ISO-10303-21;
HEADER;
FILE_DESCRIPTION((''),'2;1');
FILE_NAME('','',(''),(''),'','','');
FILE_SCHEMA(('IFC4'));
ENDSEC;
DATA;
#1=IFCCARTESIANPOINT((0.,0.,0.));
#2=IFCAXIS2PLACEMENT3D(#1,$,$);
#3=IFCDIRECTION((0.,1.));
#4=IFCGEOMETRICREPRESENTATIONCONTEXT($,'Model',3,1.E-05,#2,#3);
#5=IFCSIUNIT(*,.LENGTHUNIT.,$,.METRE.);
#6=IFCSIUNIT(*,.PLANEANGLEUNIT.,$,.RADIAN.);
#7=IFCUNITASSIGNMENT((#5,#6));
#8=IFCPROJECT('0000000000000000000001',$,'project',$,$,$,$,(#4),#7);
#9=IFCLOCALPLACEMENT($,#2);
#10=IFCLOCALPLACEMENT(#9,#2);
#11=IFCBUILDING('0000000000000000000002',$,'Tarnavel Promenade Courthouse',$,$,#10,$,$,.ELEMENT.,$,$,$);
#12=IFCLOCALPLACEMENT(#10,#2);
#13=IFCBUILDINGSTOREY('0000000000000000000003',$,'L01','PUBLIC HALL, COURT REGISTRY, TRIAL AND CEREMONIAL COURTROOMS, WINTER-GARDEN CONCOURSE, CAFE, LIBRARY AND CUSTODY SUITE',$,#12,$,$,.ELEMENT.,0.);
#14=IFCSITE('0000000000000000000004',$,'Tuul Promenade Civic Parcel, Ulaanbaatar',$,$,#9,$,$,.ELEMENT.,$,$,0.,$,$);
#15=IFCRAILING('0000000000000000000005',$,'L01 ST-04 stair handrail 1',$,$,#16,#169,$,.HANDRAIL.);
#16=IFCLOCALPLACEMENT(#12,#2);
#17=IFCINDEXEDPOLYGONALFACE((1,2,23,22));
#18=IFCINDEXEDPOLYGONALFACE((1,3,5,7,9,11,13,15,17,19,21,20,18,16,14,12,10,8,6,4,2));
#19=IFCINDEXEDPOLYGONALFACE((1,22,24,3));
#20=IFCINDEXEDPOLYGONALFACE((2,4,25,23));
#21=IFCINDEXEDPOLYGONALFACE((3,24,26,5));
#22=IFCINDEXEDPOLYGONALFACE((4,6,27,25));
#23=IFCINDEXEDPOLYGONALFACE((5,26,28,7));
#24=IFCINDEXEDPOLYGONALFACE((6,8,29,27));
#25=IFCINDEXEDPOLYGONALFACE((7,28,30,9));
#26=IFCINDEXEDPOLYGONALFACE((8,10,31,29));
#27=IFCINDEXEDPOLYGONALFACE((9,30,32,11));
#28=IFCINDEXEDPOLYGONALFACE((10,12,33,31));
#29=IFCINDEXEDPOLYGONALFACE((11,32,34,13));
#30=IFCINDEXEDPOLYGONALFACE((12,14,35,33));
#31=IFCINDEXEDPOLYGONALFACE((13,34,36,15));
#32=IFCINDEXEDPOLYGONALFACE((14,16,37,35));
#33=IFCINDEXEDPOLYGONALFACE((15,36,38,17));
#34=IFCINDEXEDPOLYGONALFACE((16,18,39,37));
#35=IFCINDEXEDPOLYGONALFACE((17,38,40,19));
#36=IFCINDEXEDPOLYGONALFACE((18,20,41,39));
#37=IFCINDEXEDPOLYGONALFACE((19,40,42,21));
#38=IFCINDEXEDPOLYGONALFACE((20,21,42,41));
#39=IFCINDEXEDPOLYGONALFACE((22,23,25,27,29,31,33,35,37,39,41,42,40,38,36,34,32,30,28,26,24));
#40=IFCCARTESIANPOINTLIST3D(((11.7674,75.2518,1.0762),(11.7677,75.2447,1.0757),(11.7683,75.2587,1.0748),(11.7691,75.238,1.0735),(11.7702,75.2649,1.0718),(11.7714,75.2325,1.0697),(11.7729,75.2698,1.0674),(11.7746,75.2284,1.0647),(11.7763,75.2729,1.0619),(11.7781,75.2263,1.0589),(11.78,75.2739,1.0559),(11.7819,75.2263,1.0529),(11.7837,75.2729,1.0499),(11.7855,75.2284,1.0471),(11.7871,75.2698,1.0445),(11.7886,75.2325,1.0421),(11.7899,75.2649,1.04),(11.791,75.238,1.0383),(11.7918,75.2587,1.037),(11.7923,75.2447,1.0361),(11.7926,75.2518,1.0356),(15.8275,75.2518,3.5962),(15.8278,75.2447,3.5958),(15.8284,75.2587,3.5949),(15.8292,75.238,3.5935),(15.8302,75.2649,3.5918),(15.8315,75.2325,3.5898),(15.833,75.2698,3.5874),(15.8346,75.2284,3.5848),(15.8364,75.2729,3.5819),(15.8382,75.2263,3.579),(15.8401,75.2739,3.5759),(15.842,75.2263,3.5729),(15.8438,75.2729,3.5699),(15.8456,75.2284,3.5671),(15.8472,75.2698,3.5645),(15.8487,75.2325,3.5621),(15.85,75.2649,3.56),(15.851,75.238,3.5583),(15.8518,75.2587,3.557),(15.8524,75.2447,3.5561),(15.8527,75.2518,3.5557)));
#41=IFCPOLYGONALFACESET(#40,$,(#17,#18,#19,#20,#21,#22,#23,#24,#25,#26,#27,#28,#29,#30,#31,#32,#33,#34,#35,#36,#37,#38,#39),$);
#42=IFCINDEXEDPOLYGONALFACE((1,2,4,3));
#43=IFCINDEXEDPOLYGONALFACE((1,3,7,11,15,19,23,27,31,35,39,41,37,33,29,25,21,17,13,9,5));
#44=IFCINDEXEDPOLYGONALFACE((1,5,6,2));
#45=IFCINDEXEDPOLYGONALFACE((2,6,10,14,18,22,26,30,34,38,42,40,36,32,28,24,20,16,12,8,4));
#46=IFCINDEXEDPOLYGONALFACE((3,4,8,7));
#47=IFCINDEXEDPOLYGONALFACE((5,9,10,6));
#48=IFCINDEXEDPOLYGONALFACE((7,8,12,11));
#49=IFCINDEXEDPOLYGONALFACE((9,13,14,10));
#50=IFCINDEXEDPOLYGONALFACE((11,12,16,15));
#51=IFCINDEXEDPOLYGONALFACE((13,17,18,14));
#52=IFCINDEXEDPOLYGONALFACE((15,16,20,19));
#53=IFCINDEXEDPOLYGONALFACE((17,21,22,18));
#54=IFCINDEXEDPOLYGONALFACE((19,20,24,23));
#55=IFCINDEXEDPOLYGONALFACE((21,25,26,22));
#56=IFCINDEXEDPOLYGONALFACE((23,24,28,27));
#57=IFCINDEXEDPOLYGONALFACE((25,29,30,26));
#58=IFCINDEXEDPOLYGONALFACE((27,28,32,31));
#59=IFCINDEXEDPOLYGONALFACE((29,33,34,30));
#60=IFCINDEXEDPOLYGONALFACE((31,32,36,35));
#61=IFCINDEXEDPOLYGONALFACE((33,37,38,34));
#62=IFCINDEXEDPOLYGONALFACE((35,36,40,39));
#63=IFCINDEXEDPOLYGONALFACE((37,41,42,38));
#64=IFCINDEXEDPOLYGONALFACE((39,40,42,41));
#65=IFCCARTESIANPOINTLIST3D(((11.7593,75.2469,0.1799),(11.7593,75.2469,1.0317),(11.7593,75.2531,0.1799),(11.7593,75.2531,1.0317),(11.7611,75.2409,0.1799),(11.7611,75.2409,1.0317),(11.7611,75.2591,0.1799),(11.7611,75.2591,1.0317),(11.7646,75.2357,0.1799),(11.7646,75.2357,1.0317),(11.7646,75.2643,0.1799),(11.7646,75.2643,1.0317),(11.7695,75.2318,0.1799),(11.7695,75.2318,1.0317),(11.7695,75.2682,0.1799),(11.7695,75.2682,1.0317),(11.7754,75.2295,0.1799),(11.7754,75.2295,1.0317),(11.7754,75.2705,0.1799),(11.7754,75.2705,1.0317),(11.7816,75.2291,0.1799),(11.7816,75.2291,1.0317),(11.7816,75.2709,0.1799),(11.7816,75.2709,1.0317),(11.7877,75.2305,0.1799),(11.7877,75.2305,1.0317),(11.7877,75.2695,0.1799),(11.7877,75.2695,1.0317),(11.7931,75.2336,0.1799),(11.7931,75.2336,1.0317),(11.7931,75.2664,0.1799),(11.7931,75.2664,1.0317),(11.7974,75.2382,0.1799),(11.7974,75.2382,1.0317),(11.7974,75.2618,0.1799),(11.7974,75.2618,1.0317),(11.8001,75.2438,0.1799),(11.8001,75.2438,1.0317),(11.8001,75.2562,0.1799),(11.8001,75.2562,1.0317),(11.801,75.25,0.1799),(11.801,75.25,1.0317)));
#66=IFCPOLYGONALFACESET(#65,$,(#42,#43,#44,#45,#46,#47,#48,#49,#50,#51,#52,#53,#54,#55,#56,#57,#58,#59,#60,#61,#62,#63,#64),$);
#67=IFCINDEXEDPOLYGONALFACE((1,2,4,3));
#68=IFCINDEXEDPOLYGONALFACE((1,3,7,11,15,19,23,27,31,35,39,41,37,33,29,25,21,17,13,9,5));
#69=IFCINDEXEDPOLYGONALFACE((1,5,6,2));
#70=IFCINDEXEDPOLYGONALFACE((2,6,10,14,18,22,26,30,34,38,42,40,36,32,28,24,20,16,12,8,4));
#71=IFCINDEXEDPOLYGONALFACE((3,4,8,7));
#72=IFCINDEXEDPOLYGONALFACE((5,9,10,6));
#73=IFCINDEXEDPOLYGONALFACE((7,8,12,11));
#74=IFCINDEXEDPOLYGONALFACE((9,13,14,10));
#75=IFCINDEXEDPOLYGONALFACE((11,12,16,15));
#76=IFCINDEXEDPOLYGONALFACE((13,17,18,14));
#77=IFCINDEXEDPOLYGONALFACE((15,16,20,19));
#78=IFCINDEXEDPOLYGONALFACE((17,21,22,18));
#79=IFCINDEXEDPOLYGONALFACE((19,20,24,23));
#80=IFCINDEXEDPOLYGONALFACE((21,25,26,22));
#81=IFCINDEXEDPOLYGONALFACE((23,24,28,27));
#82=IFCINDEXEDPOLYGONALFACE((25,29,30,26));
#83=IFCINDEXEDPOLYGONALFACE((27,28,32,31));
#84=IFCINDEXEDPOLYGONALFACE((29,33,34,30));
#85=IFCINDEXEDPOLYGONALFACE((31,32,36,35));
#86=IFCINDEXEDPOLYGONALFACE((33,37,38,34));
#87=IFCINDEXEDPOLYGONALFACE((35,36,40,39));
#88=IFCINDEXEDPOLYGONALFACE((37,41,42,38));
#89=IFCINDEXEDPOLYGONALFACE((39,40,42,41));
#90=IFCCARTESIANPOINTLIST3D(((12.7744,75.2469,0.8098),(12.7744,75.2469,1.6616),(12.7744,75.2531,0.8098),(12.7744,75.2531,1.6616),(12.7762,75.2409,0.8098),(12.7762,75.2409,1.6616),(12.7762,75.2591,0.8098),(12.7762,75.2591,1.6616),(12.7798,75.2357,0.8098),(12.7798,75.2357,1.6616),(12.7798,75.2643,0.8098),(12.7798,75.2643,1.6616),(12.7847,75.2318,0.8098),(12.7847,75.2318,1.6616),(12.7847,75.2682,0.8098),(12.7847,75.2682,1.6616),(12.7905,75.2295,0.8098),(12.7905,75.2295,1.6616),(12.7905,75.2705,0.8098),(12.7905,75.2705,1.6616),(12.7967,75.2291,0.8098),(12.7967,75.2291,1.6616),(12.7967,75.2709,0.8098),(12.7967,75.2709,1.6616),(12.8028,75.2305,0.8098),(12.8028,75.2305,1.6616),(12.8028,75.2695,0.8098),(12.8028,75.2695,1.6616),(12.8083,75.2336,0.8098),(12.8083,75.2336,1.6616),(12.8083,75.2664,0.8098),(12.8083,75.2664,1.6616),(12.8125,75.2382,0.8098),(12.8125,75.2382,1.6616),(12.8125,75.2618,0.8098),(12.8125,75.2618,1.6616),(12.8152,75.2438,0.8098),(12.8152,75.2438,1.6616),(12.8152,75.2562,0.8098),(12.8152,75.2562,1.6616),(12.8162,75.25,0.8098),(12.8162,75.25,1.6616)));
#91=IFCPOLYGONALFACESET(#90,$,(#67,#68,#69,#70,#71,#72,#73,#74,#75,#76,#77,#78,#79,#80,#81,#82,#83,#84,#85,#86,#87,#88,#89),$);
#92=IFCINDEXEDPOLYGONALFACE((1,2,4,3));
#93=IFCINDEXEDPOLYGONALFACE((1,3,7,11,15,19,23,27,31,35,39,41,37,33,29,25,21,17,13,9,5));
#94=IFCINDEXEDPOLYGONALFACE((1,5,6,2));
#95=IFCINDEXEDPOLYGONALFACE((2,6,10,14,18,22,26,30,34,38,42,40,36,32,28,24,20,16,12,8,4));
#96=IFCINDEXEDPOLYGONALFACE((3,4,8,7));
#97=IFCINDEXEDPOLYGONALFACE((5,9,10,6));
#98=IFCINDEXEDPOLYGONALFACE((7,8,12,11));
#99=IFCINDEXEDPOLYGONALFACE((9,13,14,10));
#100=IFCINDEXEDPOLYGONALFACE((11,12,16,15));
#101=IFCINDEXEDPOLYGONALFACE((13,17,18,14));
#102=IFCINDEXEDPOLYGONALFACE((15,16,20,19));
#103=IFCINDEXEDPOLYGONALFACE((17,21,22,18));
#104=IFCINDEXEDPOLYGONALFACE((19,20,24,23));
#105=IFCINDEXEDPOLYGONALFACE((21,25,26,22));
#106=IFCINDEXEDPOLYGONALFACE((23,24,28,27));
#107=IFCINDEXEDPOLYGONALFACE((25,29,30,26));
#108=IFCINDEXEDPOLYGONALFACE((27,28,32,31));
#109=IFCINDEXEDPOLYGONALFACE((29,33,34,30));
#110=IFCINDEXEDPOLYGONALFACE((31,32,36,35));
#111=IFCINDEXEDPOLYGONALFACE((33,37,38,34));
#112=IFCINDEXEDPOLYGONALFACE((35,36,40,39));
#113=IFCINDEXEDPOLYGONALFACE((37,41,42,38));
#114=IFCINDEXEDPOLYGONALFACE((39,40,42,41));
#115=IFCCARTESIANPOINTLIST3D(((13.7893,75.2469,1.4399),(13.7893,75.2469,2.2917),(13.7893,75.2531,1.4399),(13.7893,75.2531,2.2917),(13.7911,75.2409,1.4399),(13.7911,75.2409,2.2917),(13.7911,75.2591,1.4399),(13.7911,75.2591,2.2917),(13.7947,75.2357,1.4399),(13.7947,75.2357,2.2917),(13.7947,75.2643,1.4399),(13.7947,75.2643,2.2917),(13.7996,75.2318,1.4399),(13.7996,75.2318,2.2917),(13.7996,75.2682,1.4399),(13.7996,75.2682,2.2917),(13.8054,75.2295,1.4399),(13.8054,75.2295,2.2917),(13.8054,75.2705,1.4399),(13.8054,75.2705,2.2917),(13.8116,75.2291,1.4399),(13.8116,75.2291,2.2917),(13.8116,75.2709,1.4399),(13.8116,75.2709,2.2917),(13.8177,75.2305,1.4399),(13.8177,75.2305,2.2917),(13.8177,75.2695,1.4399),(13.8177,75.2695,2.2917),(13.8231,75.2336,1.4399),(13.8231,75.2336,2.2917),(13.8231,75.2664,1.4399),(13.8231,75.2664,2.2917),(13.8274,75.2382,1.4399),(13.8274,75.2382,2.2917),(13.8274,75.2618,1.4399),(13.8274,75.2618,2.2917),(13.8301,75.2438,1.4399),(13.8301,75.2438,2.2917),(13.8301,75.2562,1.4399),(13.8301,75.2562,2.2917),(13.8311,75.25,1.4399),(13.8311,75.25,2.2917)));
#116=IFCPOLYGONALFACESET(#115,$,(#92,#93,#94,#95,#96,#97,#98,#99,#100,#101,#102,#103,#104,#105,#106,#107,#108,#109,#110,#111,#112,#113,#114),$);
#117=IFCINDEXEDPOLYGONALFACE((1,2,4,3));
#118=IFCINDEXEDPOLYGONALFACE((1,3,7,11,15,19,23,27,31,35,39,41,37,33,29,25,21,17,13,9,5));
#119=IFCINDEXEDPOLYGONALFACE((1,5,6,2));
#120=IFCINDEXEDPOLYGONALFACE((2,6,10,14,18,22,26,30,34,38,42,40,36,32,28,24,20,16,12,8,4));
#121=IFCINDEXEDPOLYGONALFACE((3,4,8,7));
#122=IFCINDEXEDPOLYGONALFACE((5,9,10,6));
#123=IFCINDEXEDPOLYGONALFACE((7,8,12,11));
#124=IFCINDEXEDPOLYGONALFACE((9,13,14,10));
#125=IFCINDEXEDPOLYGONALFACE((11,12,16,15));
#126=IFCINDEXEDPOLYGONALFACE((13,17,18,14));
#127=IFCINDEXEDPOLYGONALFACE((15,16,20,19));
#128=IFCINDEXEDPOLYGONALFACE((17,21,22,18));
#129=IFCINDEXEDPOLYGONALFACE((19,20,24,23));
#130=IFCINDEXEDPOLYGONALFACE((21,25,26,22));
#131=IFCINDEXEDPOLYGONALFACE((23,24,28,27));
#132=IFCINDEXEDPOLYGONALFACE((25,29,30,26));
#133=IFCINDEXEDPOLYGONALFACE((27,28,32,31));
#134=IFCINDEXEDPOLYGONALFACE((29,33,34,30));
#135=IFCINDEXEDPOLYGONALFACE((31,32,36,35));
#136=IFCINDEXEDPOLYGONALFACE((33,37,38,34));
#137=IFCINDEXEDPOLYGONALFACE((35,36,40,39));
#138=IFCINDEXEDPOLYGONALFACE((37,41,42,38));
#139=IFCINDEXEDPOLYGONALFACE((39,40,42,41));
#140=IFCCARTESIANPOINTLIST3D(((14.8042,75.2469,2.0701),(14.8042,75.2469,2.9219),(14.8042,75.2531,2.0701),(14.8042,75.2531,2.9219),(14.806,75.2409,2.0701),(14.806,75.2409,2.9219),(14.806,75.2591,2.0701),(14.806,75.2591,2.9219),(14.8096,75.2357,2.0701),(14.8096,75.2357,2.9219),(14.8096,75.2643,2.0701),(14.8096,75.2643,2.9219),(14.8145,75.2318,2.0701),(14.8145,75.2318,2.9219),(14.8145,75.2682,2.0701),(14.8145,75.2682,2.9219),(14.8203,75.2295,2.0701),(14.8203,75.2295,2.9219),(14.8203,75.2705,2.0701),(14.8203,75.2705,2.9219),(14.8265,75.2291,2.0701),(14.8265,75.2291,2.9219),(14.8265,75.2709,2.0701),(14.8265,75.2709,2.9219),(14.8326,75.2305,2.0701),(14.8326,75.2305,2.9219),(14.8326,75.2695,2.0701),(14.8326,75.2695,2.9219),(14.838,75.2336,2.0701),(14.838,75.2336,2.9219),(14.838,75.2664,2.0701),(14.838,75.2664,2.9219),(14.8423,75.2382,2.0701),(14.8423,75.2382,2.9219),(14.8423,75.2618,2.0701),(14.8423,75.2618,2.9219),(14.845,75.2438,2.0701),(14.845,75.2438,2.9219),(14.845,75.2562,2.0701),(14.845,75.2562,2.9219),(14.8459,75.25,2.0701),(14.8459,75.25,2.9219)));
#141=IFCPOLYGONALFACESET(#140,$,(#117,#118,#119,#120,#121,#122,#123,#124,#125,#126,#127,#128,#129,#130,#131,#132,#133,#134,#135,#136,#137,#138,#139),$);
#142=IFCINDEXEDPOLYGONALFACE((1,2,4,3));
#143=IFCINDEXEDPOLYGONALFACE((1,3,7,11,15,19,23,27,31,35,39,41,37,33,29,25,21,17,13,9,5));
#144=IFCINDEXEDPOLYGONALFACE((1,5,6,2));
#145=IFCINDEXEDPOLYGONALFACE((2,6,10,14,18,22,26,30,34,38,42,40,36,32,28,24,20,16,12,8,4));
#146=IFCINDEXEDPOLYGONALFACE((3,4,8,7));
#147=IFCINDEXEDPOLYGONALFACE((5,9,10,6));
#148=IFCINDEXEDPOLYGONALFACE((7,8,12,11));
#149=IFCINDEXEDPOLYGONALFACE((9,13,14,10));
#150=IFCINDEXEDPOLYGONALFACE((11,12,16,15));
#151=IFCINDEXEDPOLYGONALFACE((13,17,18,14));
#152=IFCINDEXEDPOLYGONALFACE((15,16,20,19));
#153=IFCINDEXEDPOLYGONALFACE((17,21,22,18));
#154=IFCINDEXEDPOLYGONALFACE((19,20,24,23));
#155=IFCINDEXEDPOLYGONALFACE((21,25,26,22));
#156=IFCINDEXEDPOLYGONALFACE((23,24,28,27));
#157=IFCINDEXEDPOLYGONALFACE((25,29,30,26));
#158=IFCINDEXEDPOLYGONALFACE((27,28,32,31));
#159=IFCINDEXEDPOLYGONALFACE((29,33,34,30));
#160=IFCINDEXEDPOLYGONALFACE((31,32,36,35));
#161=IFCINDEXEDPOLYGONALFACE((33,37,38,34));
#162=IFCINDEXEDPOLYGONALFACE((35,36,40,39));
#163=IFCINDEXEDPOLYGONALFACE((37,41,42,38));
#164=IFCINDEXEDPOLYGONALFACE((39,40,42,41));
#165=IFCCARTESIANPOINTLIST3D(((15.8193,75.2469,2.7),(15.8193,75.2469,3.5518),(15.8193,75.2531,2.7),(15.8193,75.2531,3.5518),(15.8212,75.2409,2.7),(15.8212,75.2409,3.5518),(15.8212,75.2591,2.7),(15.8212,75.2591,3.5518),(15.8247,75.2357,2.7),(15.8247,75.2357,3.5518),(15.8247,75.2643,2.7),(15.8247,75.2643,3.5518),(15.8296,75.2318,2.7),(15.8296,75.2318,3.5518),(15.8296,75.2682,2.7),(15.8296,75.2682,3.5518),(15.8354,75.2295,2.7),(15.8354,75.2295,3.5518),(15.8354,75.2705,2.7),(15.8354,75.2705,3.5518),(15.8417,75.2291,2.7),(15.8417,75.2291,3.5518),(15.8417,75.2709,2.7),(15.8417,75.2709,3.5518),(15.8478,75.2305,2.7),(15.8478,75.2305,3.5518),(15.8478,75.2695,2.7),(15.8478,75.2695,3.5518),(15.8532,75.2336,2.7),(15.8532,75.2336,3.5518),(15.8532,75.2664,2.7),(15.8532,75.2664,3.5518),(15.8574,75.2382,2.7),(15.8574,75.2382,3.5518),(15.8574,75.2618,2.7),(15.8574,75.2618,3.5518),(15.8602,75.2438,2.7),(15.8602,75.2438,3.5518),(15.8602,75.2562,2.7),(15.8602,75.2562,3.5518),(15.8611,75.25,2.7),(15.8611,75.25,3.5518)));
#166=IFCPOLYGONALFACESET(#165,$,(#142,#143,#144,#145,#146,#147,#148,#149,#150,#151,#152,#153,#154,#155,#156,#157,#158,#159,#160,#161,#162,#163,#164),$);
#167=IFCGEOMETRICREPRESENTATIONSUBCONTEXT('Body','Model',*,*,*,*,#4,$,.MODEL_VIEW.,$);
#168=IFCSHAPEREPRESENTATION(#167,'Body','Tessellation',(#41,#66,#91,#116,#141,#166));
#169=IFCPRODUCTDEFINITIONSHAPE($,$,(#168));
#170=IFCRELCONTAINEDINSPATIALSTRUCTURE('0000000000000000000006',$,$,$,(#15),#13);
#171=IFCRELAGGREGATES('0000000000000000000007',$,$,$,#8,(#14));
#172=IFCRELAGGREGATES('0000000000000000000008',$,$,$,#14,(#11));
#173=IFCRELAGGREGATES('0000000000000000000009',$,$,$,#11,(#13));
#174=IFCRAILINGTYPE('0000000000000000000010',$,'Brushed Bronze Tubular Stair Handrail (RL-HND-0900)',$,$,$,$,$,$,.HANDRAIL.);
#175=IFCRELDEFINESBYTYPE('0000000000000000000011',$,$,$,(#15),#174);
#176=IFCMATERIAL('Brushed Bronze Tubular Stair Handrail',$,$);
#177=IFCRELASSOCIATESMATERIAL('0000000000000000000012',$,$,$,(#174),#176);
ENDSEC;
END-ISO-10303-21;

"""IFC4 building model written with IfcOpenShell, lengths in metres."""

from ifc_helpers import new_model, si_unit, direction, frame, origin, origin_2d, place, context, subcontext, project, spatial, circle, extrude, material, type_object, element, save


model = new_model("IFC4")

# Units and contexts
model_context = context("Model", 3, precision=1e-05, world=origin(), true_north=direction((0.0, 1.0)))
body_context = subcontext(model_context, "Body", "Model", "MODEL_VIEW")
ifc_project = project(units=[si_unit("LENGTHUNIT", "METRE"), si_unit("PLANEANGLEUNIT", "RADIAN")], contexts=[model_context])

# Site, building, storey
site_placement = place(None, origin())
site = spatial("IfcSite", under=ifc_project, at=site_placement, Name="Tuul Promenade Civic Parcel, Ulaanbaatar", CompositionType="ELEMENT", RefElevation=0.0)
building_placement = place(site_placement, origin())
building = spatial("IfcBuilding", under=site, at=building_placement, Name="Tarnavel Promenade Courthouse", CompositionType="ELEMENT")
storey_placement = place(building_placement, origin())
storey = spatial("IfcBuildingStorey", under=building, at=storey_placement, Name="L01", Description="PUBLIC HALL, COURT REGISTRY, TRIAL AND CEREMONIAL COURTROOMS, WINTER-GARDEN CONCOURSE, CAFE, LIBRARY AND CUSTODY SUITE", CompositionType="ELEMENT", Elevation=0.0)

# Railing
ifc_material_1 = material(Name="Brushed Bronze Tubular Stair Handrail")
railing_type_1 = type_object("IfcRailingType", Name="Brushed Bronze Tubular Stair Handrail (RL-HND-0900)", PredefinedType="HANDRAIL", material=ifc_material_1)
railing_1_placement = place(storey_placement, frame((11.78, 75.25, 0.1799)))
element("IfcRailing", 1, at=railing_1_placement, inside=storey, type_object=railing_type_1, Name="L01 ST-04 stair handrail 1", PredefinedType="HANDRAIL", context=body_context, shape_type="SweptSolid", body=[
    extrude(circle(Radius=0.0239, at=origin_2d()), frame((0.0, 0.0, 0.876), z_axis=(0.849642, 0.0, 0.52736), x_axis=(0.0, 1.0, 0.0)), (0.0, 0.0, 1.0), 4.7786),
    extrude(circle(Radius=0.021, at=origin_2d()), origin(), (0.0, 0.0, 1.0), 0.8518),
    extrude(circle(Radius=0.021, at=origin_2d()), frame((1.0151, 0.0, 0.6299)), (0.0, 0.0, 1.0), 0.8518),
    extrude(circle(Radius=0.021, at=origin_2d()), frame((2.03, 0.0, 1.26)), (0.0, 0.0, 1.0), 0.8518),
    extrude(circle(Radius=0.021, at=origin_2d()), frame((3.0449, 0.0, 1.8901)), (0.0, 0.0, 1.0), 0.8518),
    extrude(circle(Radius=0.021, at=origin_2d()), frame((4.0601, 0.0, 2.52)), (0.0, 0.0, 1.0), 0.8518),
])

save(model, "model.ifc")
